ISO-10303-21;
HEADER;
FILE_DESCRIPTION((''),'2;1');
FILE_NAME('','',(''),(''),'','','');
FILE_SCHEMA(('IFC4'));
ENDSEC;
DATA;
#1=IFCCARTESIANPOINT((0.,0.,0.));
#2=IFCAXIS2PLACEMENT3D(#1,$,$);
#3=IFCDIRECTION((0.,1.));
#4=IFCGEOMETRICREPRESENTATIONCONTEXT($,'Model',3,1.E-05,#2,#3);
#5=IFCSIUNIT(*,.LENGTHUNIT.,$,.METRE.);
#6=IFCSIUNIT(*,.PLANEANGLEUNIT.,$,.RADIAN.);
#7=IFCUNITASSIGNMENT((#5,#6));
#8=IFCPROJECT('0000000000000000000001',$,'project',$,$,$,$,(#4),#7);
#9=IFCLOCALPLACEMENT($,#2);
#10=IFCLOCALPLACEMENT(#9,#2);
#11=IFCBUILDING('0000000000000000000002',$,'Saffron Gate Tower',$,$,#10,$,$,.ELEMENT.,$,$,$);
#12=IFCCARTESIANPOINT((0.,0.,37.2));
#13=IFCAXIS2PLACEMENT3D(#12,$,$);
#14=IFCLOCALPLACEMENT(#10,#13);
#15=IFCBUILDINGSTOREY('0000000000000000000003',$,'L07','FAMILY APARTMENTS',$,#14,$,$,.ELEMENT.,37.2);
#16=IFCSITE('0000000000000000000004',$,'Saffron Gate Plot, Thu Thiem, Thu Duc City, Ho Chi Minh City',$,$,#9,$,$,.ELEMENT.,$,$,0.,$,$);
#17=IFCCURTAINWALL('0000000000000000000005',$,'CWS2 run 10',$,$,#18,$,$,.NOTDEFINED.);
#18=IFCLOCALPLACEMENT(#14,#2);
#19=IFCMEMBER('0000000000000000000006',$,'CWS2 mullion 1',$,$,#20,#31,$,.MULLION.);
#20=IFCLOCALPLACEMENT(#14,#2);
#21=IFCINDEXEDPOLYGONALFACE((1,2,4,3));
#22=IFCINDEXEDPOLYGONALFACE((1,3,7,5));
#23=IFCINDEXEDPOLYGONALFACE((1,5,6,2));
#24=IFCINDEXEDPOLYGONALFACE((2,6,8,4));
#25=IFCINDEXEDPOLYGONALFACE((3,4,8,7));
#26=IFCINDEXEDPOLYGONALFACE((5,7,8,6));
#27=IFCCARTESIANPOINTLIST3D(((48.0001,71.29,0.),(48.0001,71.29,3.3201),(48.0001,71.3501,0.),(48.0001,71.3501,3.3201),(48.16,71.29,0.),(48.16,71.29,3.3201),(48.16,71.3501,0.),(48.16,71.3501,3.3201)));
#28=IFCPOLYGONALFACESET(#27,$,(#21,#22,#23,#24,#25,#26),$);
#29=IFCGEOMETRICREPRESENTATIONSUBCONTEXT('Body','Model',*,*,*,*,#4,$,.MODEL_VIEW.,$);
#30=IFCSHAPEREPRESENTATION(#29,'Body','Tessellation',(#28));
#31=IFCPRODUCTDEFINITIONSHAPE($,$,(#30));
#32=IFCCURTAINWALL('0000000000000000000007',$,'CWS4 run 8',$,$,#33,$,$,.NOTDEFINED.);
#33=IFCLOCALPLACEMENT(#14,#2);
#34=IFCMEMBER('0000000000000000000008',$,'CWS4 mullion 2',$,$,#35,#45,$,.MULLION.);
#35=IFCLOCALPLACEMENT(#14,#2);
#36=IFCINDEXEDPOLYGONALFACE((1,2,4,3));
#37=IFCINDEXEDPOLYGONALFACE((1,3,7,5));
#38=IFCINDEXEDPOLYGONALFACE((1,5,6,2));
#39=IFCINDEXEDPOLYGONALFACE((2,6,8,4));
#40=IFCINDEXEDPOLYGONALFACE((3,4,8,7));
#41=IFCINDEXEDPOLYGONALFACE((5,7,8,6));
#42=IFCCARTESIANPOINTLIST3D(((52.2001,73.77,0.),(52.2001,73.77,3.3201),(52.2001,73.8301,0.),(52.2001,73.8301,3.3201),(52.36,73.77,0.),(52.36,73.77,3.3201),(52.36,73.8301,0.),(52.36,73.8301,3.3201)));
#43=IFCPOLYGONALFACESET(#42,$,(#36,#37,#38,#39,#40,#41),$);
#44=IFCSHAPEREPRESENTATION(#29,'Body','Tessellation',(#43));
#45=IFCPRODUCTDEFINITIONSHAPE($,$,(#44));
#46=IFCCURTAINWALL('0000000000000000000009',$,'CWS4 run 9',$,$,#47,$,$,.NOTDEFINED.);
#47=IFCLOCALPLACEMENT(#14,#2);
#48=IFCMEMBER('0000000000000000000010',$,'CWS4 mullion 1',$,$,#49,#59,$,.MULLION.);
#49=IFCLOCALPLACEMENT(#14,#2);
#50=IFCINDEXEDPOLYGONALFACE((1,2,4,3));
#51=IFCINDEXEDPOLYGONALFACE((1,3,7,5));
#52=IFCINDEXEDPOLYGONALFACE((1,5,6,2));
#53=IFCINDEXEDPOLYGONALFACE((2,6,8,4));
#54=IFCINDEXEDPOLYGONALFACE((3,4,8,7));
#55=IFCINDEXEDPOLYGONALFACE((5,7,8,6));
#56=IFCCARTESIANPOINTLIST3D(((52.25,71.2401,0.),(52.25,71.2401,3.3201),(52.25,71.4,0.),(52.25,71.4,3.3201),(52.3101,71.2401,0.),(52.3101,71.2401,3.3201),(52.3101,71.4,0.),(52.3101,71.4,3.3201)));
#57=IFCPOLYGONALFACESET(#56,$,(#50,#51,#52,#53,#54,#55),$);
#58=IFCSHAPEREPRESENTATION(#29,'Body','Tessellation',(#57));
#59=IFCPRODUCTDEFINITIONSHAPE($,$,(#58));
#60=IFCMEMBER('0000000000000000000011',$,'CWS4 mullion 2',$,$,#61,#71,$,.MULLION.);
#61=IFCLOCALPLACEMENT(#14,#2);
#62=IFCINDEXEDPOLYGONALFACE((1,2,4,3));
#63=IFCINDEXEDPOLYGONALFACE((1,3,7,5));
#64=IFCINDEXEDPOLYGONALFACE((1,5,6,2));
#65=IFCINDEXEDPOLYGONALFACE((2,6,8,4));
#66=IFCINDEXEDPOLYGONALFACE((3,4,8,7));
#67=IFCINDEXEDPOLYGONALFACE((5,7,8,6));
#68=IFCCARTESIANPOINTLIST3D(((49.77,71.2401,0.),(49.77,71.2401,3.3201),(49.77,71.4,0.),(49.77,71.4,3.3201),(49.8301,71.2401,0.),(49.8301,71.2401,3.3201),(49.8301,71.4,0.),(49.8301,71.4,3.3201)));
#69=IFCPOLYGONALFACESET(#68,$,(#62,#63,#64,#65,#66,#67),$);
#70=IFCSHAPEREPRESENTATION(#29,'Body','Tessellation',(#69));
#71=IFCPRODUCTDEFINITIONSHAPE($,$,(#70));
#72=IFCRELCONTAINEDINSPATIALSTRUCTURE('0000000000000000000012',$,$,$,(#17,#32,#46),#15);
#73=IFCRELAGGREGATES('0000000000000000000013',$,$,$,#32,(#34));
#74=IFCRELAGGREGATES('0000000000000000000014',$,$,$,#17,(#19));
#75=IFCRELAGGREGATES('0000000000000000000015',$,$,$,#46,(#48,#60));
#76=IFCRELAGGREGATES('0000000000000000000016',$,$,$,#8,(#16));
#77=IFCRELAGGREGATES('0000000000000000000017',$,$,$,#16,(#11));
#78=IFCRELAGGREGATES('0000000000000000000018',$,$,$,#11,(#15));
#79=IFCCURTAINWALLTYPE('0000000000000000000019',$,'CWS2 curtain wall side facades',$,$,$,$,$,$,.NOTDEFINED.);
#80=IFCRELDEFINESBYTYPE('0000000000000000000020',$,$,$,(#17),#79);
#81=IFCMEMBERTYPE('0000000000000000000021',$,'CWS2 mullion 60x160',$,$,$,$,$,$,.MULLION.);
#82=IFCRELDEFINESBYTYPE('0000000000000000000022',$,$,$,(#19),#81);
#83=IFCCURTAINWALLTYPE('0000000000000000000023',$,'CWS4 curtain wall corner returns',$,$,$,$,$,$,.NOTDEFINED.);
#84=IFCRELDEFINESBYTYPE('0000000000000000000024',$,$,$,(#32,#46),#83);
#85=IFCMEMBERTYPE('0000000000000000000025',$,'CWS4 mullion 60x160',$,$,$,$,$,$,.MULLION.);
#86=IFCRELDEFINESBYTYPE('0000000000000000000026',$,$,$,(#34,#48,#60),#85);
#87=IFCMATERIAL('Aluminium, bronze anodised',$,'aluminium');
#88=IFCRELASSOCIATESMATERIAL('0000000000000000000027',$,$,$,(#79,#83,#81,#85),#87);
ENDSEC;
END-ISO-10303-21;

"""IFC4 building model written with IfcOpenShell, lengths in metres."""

from ifc_helpers import new_model, si_unit, direction, frame, origin, origin_2d, place, context, subcontext, project, spatial, rectangle, extrude, material, material_profile, profile_set, type_object, element, aggregate, save


model = new_model("IFC4")

# Units and contexts
model_context = context("Model", 3, precision=1e-05, world=origin(), true_north=direction((0.0, 1.0)))
body_context = subcontext(model_context, "Body", "Model", "MODEL_VIEW")
ifc_project = project(units=[si_unit("LENGTHUNIT", "METRE"), si_unit("PLANEANGLEUNIT", "RADIAN")], contexts=[model_context])

# Site, building, storey
site_placement = place(None, origin())
site = spatial("IfcSite", under=ifc_project, at=site_placement, Name="Saffron Gate Plot, Thu Thiem, Thu Duc City, Ho Chi Minh City", CompositionType="ELEMENT", RefElevation=0.0)
building_placement = place(site_placement, origin())
building = spatial("IfcBuilding", under=site, at=building_placement, Name="Saffron Gate Tower", CompositionType="ELEMENT")
storey_placement = place(building_placement, frame((0.0, 0.0, 37.2)))
storey = spatial("IfcBuildingStorey", under=building, at=storey_placement, Name="L07", Description="FAMILY APARTMENTS", CompositionType="ELEMENT", Elevation=37.2)

# Curtain walls, members
ifc_material_1 = material(Name="Aluminium, bronze anodised", Category="aluminium")
curtain_wall_type_1 = type_object("IfcCurtainWallType", Name="CWS2 curtain wall side facades", PredefinedType="NOTDEFINED", material=ifc_material_1)
curtain_wall_1_placement = place(storey_placement, origin())
curtain_wall_1 = element("IfcCurtainWall", 1, at=curtain_wall_1_placement, inside=storey, type_object=curtain_wall_type_1, Name="CWS2 run 10", PredefinedType="NOTDEFINED")
ifc_material_profile_1 = material_profile(ifc_material_1, rectangle(XDim=0.1599, YDim=0.0601, at=origin_2d()))
ifc_profile_set_1 = profile_set([ifc_material_profile_1], Name="Aluminium, bronze anodised")
member_type_1 = type_object("IfcMemberType", Name="CWS2 mullion 60x160", PredefinedType="MULLION", material=ifc_profile_set_1)
member_1_placement = place(storey_placement, frame((48.0801, 71.3201, 0.0), z_axis=(0.0, 0.0, 1.0), x_axis=(1.0, 0.0, 0.0)))
member_1 = element("IfcMember", 2, at=member_1_placement, type_object=member_type_1, Name="CWS2 mullion 1", PredefinedType="MULLION", context=body_context, shape_type="SweptSolid", body=[
    extrude(rectangle(XDim=0.1599, YDim=0.0601, at=origin_2d()), origin(), (0.0, 0.0, 1.0), 3.3201),
])
curtain_wall_type_2 = type_object("IfcCurtainWallType", Name="CWS4 curtain wall corner returns", PredefinedType="NOTDEFINED", material=ifc_material_1)
curtain_wall_2_placement = place(storey_placement, origin())
curtain_wall_2 = element("IfcCurtainWall", 3, at=curtain_wall_2_placement, inside=storey, type_object=curtain_wall_type_2, Name="CWS4 run 8", PredefinedType="NOTDEFINED")
ifc_material_profile_2 = material_profile(ifc_material_1, rectangle(XDim=0.1599, YDim=0.0601, at=origin_2d()))
ifc_profile_set_2 = profile_set([ifc_material_profile_2], Name="Aluminium, bronze anodised")
member_type_2 = type_object("IfcMemberType", Name="CWS4 mullion 60x160", PredefinedType="MULLION", material=ifc_profile_set_2)
member_2_placement = place(storey_placement, frame((52.28, 73.8, 0.0), z_axis=(0.0, 0.0, 1.0), x_axis=(1.0, 0.0, 0.0)))
member_2 = element("IfcMember", 4, at=member_2_placement, type_object=member_type_2, Name="CWS4 mullion 2", PredefinedType="MULLION", context=body_context, shape_type="SweptSolid", body=[
    extrude(rectangle(XDim=0.1599, YDim=0.0601, at=origin_2d()), origin(), (0.0, 0.0, 1.0), 3.3201),
])
aggregate(curtain_wall_2, [member_2])

# Curtain wall, members
curtain_wall_3_placement = place(storey_placement, origin())
curtain_wall_3 = element("IfcCurtainWall", 5, at=curtain_wall_3_placement, inside=storey, type_object=curtain_wall_type_2, Name="CWS4 run 9", PredefinedType="NOTDEFINED")
member_3_placement = place(storey_placement, frame((52.28, 71.3201, 0.0), z_axis=(0.0, 0.0, 1.0), x_axis=(0.0, -1.0, 0.0)))
member_3 = element("IfcMember", 6, at=member_3_placement, type_object=member_type_2, Name="CWS4 mullion 1", PredefinedType="MULLION", context=body_context, shape_type="SweptSolid", body=[
    extrude(rectangle(XDim=0.1599, YDim=0.0601, at=origin_2d()), origin(), (0.0, 0.0, 1.0), 3.3201),
])
member_4_placement = place(storey_placement, frame((49.8, 71.3201, 0.0), z_axis=(0.0, 0.0, 1.0), x_axis=(0.0, -1.0, 0.0)))
member_4 = element("IfcMember", 7, at=member_4_placement, type_object=member_type_2, Name="CWS4 mullion 2", PredefinedType="MULLION", context=body_context, shape_type="SweptSolid", body=[
    extrude(rectangle(XDim=0.1599, YDim=0.0601, at=origin_2d()), origin(), (0.0, 0.0, 1.0), 3.3201),
])

aggregate(curtain_wall_1, [member_1])

aggregate(curtain_wall_3, [member_3, member_4])

save(model, "model.ifc")
